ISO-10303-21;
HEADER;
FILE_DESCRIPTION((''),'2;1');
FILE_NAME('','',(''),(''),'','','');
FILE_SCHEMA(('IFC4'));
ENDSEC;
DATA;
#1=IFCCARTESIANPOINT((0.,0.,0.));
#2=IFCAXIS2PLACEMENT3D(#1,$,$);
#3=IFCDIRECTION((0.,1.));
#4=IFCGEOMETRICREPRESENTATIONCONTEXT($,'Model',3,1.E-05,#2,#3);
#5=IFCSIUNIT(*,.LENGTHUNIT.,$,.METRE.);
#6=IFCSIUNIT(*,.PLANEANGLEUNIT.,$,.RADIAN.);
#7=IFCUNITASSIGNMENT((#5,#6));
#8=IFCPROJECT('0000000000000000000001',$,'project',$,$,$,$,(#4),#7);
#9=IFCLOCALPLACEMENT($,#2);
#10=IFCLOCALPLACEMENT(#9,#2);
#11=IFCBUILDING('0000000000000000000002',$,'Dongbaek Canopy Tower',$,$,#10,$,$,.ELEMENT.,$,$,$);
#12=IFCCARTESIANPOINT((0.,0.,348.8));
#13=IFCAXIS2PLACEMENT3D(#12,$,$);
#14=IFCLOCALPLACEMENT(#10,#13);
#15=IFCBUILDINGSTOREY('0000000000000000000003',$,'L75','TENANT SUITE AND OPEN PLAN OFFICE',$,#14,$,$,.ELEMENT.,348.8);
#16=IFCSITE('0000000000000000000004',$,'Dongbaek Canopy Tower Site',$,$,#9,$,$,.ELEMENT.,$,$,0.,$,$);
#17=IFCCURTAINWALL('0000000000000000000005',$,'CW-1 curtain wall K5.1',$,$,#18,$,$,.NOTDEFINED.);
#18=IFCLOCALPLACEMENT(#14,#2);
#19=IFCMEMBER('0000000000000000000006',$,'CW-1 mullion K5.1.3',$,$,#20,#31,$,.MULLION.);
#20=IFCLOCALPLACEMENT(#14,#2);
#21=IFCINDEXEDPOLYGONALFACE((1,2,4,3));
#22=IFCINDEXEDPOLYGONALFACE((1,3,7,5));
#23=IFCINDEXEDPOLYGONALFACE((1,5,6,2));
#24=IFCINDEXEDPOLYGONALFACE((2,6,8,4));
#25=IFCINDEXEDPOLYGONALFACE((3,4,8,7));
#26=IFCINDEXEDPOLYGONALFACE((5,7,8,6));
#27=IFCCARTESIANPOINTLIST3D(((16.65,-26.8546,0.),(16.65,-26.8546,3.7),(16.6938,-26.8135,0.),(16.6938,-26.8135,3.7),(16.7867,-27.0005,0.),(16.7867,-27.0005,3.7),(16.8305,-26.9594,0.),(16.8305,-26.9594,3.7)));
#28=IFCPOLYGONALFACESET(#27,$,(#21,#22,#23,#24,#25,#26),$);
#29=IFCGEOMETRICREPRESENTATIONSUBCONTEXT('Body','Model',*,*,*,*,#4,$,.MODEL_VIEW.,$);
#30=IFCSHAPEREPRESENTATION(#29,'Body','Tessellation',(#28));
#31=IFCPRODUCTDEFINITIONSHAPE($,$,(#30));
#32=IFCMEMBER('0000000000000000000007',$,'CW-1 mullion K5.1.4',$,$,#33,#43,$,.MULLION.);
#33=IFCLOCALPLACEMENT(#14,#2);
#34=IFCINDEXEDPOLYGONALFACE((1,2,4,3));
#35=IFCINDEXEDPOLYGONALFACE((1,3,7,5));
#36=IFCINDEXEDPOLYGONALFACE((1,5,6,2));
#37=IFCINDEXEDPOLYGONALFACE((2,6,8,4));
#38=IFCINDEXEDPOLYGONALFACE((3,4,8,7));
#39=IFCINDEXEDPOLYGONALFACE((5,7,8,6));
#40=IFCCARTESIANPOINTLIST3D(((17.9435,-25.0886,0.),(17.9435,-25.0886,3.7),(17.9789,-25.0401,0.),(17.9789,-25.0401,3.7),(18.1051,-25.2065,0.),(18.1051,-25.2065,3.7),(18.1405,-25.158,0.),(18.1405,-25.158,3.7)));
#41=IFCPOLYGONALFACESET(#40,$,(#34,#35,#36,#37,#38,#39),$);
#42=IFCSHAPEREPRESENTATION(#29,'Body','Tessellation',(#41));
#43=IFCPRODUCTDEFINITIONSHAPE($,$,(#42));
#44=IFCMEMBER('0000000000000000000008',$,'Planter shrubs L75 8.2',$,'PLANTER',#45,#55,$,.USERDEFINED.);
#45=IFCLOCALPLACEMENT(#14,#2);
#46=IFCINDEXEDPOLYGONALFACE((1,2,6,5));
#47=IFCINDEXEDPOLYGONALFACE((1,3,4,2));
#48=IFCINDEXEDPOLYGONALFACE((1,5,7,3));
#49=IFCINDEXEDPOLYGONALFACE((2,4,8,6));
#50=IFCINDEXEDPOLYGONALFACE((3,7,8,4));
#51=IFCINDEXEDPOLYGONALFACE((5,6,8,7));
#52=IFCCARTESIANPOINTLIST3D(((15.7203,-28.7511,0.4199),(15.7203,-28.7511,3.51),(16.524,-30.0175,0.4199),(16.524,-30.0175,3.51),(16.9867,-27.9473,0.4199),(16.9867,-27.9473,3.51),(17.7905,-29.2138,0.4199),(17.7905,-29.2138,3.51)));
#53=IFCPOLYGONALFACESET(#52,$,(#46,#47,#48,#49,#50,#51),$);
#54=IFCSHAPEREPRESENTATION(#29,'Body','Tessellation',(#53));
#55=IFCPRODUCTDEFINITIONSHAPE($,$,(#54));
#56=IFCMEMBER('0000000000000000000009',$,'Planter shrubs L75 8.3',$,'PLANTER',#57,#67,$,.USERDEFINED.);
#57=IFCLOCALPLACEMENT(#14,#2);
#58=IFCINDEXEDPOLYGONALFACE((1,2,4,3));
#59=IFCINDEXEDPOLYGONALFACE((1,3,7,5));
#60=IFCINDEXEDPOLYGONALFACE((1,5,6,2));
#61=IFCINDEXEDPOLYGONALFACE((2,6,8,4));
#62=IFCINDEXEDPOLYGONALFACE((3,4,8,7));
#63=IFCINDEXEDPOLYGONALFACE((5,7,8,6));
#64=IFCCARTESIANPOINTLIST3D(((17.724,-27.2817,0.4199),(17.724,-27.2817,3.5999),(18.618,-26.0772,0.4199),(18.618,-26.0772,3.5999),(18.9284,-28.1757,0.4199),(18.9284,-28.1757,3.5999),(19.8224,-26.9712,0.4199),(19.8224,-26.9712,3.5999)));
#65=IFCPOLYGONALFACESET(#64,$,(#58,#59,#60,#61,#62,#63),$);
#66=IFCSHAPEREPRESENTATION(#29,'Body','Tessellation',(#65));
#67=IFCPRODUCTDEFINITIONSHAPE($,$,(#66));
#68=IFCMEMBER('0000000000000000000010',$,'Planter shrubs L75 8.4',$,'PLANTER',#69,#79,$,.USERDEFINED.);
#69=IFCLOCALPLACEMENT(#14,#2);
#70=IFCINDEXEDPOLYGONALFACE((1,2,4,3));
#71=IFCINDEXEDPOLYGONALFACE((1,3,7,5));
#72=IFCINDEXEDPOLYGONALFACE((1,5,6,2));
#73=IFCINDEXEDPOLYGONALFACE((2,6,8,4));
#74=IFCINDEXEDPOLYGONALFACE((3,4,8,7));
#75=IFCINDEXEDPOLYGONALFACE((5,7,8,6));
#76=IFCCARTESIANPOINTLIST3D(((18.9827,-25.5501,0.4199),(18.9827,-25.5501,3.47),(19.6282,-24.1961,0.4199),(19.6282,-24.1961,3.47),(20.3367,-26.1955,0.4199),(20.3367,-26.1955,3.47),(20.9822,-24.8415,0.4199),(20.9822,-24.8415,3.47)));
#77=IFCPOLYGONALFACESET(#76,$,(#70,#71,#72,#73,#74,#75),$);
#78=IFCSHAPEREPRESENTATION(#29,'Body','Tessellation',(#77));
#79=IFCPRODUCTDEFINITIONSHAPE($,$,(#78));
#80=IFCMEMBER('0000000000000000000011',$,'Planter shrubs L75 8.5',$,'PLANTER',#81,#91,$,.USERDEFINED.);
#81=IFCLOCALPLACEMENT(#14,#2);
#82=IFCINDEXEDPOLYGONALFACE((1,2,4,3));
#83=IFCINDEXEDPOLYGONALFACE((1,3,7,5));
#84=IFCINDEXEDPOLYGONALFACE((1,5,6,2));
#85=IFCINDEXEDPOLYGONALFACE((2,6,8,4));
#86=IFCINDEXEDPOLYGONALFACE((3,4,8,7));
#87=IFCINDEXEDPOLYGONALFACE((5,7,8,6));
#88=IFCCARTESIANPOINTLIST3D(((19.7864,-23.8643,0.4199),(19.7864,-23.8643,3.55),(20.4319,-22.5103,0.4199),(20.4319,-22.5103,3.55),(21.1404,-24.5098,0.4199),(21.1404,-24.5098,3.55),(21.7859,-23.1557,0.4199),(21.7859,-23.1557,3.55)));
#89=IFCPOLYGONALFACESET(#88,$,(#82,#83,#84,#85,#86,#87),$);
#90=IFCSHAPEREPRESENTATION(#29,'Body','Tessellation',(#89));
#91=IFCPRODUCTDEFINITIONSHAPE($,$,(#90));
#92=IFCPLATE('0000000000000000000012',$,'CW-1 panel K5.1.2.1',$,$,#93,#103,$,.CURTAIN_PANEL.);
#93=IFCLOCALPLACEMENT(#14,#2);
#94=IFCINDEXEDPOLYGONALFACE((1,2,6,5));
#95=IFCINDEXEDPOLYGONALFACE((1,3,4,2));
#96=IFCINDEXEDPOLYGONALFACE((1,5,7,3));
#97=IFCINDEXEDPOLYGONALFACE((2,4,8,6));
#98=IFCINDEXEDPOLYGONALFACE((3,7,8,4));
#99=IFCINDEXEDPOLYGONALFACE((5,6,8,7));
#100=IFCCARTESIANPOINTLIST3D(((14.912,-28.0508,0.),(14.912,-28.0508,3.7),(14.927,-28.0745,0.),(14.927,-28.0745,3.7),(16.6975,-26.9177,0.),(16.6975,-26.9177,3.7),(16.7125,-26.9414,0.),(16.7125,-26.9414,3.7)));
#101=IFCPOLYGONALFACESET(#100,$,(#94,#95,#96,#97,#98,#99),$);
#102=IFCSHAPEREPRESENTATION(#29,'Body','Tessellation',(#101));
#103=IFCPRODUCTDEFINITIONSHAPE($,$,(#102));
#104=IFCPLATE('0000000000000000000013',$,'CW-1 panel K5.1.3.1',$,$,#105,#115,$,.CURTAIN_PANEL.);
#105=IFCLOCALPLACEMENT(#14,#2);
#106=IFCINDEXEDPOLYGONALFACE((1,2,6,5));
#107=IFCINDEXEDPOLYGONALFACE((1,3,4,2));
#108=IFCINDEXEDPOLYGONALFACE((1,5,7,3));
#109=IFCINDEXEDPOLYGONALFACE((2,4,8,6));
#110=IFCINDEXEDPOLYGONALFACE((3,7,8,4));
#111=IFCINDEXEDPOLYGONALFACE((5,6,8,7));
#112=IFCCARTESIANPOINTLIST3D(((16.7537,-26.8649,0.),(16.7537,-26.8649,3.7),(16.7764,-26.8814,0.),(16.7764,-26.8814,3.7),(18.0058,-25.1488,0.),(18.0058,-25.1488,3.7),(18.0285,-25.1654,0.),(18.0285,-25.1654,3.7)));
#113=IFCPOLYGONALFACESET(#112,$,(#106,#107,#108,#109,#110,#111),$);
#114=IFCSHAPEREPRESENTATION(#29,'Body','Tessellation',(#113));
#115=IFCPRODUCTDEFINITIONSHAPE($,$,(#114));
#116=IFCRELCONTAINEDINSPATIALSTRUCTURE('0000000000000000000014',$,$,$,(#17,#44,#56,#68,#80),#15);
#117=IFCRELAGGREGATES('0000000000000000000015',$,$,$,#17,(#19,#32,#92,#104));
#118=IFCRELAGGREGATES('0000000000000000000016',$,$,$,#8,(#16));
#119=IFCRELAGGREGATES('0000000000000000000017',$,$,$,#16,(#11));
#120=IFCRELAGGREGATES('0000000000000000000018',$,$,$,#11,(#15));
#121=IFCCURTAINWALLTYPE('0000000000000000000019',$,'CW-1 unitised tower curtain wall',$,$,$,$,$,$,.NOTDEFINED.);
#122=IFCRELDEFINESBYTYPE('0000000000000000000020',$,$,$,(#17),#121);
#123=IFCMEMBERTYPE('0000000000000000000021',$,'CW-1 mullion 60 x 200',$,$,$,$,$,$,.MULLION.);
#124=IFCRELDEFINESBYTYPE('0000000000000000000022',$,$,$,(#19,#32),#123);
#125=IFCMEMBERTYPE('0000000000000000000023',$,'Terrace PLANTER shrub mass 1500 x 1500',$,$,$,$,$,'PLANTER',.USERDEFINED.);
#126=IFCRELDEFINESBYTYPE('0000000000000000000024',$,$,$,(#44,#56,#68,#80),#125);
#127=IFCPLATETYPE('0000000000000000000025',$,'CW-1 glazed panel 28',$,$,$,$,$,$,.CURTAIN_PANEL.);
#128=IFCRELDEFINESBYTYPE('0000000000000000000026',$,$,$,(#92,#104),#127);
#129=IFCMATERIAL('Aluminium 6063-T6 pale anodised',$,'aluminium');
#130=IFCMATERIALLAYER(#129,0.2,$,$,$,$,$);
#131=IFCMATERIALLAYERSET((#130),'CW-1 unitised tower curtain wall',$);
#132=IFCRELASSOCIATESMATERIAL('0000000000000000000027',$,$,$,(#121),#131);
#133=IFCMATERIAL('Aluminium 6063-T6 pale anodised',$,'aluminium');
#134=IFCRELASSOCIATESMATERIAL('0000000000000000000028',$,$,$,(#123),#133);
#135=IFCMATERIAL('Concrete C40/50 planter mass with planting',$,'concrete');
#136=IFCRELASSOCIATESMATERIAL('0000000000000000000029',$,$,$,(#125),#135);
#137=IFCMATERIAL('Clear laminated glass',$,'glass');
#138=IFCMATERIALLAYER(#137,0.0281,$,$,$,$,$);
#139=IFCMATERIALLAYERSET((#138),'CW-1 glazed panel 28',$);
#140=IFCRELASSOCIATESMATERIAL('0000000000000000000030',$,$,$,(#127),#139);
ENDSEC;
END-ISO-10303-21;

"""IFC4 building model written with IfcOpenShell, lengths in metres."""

from ifc_helpers import new_model, si_unit, direction, frame, origin, origin_2d, place, context, subcontext, project, spatial, rectangle, extrude, material, layer, layer_set, material_profile, profile_set, type_object, element, aggregate, save


model = new_model("IFC4")

# Units and contexts
model_context = context("Model", 3, precision=1e-05, world=origin(), true_north=direction((0.0, 1.0)))
body_context = subcontext(model_context, "Body", "Model", "MODEL_VIEW")
ifc_project = project(units=[si_unit("LENGTHUNIT", "METRE"), si_unit("PLANEANGLEUNIT", "RADIAN")], contexts=[model_context])

# Site, building, storey
site_placement = place(None, origin())
site = spatial("IfcSite", under=ifc_project, at=site_placement, Name="Dongbaek Canopy Tower Site", CompositionType="ELEMENT", RefElevation=0.0)
building_placement = place(site_placement, origin())
building = spatial("IfcBuilding", under=site, at=building_placement, Name="Dongbaek Canopy Tower", CompositionType="ELEMENT")
storey_placement = place(building_placement, frame((0.0, 0.0, 348.8)))
storey = spatial("IfcBuildingStorey", under=building, at=storey_placement, Name="L75", Description="TENANT SUITE AND OPEN PLAN OFFICE", CompositionType="ELEMENT", Elevation=348.8)

# Curtain wall, members
ifc_material_1 = material(Name="Aluminium 6063-T6 pale anodised", Category="aluminium")
ifc_layer_1 = layer(ifc_material_1, 0.2)
ifc_layer_set_1 = layer_set([ifc_layer_1], Name="CW-1 unitised tower curtain wall")
curtain_wall_type = type_object("IfcCurtainWallType", Name="CW-1 unitised tower curtain wall", PredefinedType="NOTDEFINED", material=ifc_layer_set_1)
curtain_wall_placement = place(storey_placement, origin())
curtain_wall = element("IfcCurtainWall", 1, at=curtain_wall_placement, inside=storey, type_object=curtain_wall_type, Name="CW-1 curtain wall K5.1", PredefinedType="NOTDEFINED")
ifc_material_2 = material(Name="Aluminium 6063-T6 pale anodised", Category="aluminium")
ifc_material_profile_1 = material_profile(ifc_material_2, rectangle(XDim=0.2, YDim=0.0601, at=origin_2d()), Name="CW-1 mullion 60 x 200")
ifc_profile_set_1 = profile_set([ifc_material_profile_1], Name="Aluminium 6063-T6 pale anodised")
member_type_1 = type_object("IfcMemberType", Name="CW-1 mullion 60 x 200", PredefinedType="MULLION", material=ifc_profile_set_1)
member_1_placement = place(storey_placement, frame((16.7402, -26.907, 0.0), z_axis=(0.0, 0.0, 1.0), x_axis=(0.683818, -0.729653, 0.0)))
member_1 = element("IfcMember", 2, at=member_1_placement, type_object=member_type_1, Name="CW-1 mullion K5.1.3", PredefinedType="MULLION", context=body_context, shape_type="SweptSolid", body=[
    extrude(rectangle(XDim=0.2, YDim=0.0601, at=origin_2d()), origin(), (0.0, 0.0, 1.0), 3.7),
])
member_2_placement = place(storey_placement, frame((18.042, -25.1233, 0.0), z_axis=(0.0, 0.0, 1.0), x_axis=(0.80783, -0.589416, 0.0)))
member_2 = element("IfcMember", 3, at=member_2_placement, type_object=member_type_1, Name="CW-1 mullion K5.1.4", PredefinedType="MULLION", context=body_context, shape_type="SweptSolid", body=[
    extrude(rectangle(XDim=0.2, YDim=0.0601, at=origin_2d()), origin(), (0.0, 0.0, 1.0), 3.7),
])

# Members
ifc_material_3 = material(Name="Concrete C40/50 planter mass with planting", Category="concrete")
ifc_material_profile_2 = material_profile(ifc_material_3, rectangle(XDim=1.5, YDim=1.5, at=origin_2d()), Name="Terrace PLANTER shrub mass 1500 x 1500")
ifc_profile_set_2 = profile_set([ifc_material_profile_2], Name="Concrete C40/50 planter mass with planting")
member_type_2 = type_object("IfcMemberType", Name="Terrace PLANTER shrub mass 1500 x 1500", ElementType="PLANTER", PredefinedType="USERDEFINED", material=ifc_profile_set_2)
member_3_placement = place(storey_placement, frame((16.7554, -28.9824, 0.4199), z_axis=(0.0, 0.0, 1.0), x_axis=(0.53584, -0.844319, 0.0)))
element("IfcMember", 4, at=member_3_placement, inside=storey, type_object=member_type_2, Name="Planter shrubs L75 8.2", ObjectType="PLANTER", PredefinedType="USERDEFINED", context=body_context, shape_type="SweptSolid", body=[
    extrude(rectangle(XDim=1.5, YDim=1.5, at=origin_2d()), origin(), (0.0, 0.0, 1.0), 3.0901),
])
member_4_placement = place(storey_placement, frame((18.7732, -27.1265, 0.4199), z_axis=(0.0, 0.0, 1.0), x_axis=(0.802975, -0.596012, 0.0)))
element("IfcMember", 5, at=member_4_placement, inside=storey, type_object=member_type_2, Name="Planter shrubs L75 8.3", ObjectType="PLANTER", PredefinedType="USERDEFINED", context=body_context, shape_type="SweptSolid", body=[
    extrude(rectangle(XDim=1.5, YDim=1.5, at=origin_2d()), origin(), (0.0, 0.0, 1.0), 3.1799),
])
member_5_placement = place(storey_placement, frame((19.9824, -25.1958, 0.4199), z_axis=(0.0, 0.0, 1.0), x_axis=(0.902678, -0.430316, 0.0)))
element("IfcMember", 6, at=member_5_placement, inside=storey, type_object=member_type_2, Name="Planter shrubs L75 8.4", ObjectType="PLANTER", PredefinedType="USERDEFINED", context=body_context, shape_type="SweptSolid", body=[
    extrude(rectangle(XDim=1.5, YDim=1.5, at=origin_2d()), origin(), (0.0, 0.0, 1.0), 3.05),
])
member_6_placement = place(storey_placement, frame((20.7861, -23.51, 0.4199), z_axis=(0.0, 0.0, 1.0), x_axis=(0.902678, -0.430316, 0.0)))
element("IfcMember", 7, at=member_6_placement, inside=storey, type_object=member_type_2, Name="Planter shrubs L75 8.5", ObjectType="PLANTER", PredefinedType="USERDEFINED", context=body_context, shape_type="SweptSolid", body=[
    extrude(rectangle(XDim=1.5, YDim=1.5, at=origin_2d()), origin(), (0.0, 0.0, 1.0), 3.1301),
])

# Plates
ifc_material_4 = material(Name="Clear laminated glass", Category="glass")
ifc_layer_2 = layer(ifc_material_4, 0.0281)
ifc_layer_set_2 = layer_set([ifc_layer_2], Name="CW-1 glazed panel 28")
plate_type = type_object("IfcPlateType", Name="CW-1 glazed panel 28", PredefinedType="CURTAIN_PANEL", material=ifc_layer_set_2)
plate_1_placement = place(storey_placement, frame((15.8123, -27.4961, 0.0), z_axis=(0.0, 0.0, 1.0), x_axis=(0.844319, 0.53584, 0.0)))
plate_1 = element("IfcPlate", 8, at=plate_1_placement, type_object=plate_type, Name="CW-1 panel K5.1.2.1", PredefinedType="CURTAIN_PANEL", context=body_context, shape_type="SweptSolid", body=[
    extrude(rectangle(XDim=2.1147, YDim=0.0281, at=origin_2d()), origin(), (0.0, 0.0, 1.0), 3.7),
])
plate_2_placement = place(storey_placement, frame((17.3911, -26.0151, 0.0), z_axis=(0.0, 0.0, 1.0), x_axis=(0.589416, 0.80783, 0.0)))
plate_2 = element("IfcPlate", 9, at=plate_2_placement, type_object=plate_type, Name="CW-1 panel K5.1.3.1", PredefinedType="CURTAIN_PANEL", context=body_context, shape_type="SweptSolid", body=[
    extrude(rectangle(XDim=2.1243, YDim=0.0281, at=origin_2d()), origin(), (0.0, 0.0, 1.0), 3.7),
])
aggregate(curtain_wall, [member_1, member_2, plate_1, plate_2])

save(model, "model.ifc")
